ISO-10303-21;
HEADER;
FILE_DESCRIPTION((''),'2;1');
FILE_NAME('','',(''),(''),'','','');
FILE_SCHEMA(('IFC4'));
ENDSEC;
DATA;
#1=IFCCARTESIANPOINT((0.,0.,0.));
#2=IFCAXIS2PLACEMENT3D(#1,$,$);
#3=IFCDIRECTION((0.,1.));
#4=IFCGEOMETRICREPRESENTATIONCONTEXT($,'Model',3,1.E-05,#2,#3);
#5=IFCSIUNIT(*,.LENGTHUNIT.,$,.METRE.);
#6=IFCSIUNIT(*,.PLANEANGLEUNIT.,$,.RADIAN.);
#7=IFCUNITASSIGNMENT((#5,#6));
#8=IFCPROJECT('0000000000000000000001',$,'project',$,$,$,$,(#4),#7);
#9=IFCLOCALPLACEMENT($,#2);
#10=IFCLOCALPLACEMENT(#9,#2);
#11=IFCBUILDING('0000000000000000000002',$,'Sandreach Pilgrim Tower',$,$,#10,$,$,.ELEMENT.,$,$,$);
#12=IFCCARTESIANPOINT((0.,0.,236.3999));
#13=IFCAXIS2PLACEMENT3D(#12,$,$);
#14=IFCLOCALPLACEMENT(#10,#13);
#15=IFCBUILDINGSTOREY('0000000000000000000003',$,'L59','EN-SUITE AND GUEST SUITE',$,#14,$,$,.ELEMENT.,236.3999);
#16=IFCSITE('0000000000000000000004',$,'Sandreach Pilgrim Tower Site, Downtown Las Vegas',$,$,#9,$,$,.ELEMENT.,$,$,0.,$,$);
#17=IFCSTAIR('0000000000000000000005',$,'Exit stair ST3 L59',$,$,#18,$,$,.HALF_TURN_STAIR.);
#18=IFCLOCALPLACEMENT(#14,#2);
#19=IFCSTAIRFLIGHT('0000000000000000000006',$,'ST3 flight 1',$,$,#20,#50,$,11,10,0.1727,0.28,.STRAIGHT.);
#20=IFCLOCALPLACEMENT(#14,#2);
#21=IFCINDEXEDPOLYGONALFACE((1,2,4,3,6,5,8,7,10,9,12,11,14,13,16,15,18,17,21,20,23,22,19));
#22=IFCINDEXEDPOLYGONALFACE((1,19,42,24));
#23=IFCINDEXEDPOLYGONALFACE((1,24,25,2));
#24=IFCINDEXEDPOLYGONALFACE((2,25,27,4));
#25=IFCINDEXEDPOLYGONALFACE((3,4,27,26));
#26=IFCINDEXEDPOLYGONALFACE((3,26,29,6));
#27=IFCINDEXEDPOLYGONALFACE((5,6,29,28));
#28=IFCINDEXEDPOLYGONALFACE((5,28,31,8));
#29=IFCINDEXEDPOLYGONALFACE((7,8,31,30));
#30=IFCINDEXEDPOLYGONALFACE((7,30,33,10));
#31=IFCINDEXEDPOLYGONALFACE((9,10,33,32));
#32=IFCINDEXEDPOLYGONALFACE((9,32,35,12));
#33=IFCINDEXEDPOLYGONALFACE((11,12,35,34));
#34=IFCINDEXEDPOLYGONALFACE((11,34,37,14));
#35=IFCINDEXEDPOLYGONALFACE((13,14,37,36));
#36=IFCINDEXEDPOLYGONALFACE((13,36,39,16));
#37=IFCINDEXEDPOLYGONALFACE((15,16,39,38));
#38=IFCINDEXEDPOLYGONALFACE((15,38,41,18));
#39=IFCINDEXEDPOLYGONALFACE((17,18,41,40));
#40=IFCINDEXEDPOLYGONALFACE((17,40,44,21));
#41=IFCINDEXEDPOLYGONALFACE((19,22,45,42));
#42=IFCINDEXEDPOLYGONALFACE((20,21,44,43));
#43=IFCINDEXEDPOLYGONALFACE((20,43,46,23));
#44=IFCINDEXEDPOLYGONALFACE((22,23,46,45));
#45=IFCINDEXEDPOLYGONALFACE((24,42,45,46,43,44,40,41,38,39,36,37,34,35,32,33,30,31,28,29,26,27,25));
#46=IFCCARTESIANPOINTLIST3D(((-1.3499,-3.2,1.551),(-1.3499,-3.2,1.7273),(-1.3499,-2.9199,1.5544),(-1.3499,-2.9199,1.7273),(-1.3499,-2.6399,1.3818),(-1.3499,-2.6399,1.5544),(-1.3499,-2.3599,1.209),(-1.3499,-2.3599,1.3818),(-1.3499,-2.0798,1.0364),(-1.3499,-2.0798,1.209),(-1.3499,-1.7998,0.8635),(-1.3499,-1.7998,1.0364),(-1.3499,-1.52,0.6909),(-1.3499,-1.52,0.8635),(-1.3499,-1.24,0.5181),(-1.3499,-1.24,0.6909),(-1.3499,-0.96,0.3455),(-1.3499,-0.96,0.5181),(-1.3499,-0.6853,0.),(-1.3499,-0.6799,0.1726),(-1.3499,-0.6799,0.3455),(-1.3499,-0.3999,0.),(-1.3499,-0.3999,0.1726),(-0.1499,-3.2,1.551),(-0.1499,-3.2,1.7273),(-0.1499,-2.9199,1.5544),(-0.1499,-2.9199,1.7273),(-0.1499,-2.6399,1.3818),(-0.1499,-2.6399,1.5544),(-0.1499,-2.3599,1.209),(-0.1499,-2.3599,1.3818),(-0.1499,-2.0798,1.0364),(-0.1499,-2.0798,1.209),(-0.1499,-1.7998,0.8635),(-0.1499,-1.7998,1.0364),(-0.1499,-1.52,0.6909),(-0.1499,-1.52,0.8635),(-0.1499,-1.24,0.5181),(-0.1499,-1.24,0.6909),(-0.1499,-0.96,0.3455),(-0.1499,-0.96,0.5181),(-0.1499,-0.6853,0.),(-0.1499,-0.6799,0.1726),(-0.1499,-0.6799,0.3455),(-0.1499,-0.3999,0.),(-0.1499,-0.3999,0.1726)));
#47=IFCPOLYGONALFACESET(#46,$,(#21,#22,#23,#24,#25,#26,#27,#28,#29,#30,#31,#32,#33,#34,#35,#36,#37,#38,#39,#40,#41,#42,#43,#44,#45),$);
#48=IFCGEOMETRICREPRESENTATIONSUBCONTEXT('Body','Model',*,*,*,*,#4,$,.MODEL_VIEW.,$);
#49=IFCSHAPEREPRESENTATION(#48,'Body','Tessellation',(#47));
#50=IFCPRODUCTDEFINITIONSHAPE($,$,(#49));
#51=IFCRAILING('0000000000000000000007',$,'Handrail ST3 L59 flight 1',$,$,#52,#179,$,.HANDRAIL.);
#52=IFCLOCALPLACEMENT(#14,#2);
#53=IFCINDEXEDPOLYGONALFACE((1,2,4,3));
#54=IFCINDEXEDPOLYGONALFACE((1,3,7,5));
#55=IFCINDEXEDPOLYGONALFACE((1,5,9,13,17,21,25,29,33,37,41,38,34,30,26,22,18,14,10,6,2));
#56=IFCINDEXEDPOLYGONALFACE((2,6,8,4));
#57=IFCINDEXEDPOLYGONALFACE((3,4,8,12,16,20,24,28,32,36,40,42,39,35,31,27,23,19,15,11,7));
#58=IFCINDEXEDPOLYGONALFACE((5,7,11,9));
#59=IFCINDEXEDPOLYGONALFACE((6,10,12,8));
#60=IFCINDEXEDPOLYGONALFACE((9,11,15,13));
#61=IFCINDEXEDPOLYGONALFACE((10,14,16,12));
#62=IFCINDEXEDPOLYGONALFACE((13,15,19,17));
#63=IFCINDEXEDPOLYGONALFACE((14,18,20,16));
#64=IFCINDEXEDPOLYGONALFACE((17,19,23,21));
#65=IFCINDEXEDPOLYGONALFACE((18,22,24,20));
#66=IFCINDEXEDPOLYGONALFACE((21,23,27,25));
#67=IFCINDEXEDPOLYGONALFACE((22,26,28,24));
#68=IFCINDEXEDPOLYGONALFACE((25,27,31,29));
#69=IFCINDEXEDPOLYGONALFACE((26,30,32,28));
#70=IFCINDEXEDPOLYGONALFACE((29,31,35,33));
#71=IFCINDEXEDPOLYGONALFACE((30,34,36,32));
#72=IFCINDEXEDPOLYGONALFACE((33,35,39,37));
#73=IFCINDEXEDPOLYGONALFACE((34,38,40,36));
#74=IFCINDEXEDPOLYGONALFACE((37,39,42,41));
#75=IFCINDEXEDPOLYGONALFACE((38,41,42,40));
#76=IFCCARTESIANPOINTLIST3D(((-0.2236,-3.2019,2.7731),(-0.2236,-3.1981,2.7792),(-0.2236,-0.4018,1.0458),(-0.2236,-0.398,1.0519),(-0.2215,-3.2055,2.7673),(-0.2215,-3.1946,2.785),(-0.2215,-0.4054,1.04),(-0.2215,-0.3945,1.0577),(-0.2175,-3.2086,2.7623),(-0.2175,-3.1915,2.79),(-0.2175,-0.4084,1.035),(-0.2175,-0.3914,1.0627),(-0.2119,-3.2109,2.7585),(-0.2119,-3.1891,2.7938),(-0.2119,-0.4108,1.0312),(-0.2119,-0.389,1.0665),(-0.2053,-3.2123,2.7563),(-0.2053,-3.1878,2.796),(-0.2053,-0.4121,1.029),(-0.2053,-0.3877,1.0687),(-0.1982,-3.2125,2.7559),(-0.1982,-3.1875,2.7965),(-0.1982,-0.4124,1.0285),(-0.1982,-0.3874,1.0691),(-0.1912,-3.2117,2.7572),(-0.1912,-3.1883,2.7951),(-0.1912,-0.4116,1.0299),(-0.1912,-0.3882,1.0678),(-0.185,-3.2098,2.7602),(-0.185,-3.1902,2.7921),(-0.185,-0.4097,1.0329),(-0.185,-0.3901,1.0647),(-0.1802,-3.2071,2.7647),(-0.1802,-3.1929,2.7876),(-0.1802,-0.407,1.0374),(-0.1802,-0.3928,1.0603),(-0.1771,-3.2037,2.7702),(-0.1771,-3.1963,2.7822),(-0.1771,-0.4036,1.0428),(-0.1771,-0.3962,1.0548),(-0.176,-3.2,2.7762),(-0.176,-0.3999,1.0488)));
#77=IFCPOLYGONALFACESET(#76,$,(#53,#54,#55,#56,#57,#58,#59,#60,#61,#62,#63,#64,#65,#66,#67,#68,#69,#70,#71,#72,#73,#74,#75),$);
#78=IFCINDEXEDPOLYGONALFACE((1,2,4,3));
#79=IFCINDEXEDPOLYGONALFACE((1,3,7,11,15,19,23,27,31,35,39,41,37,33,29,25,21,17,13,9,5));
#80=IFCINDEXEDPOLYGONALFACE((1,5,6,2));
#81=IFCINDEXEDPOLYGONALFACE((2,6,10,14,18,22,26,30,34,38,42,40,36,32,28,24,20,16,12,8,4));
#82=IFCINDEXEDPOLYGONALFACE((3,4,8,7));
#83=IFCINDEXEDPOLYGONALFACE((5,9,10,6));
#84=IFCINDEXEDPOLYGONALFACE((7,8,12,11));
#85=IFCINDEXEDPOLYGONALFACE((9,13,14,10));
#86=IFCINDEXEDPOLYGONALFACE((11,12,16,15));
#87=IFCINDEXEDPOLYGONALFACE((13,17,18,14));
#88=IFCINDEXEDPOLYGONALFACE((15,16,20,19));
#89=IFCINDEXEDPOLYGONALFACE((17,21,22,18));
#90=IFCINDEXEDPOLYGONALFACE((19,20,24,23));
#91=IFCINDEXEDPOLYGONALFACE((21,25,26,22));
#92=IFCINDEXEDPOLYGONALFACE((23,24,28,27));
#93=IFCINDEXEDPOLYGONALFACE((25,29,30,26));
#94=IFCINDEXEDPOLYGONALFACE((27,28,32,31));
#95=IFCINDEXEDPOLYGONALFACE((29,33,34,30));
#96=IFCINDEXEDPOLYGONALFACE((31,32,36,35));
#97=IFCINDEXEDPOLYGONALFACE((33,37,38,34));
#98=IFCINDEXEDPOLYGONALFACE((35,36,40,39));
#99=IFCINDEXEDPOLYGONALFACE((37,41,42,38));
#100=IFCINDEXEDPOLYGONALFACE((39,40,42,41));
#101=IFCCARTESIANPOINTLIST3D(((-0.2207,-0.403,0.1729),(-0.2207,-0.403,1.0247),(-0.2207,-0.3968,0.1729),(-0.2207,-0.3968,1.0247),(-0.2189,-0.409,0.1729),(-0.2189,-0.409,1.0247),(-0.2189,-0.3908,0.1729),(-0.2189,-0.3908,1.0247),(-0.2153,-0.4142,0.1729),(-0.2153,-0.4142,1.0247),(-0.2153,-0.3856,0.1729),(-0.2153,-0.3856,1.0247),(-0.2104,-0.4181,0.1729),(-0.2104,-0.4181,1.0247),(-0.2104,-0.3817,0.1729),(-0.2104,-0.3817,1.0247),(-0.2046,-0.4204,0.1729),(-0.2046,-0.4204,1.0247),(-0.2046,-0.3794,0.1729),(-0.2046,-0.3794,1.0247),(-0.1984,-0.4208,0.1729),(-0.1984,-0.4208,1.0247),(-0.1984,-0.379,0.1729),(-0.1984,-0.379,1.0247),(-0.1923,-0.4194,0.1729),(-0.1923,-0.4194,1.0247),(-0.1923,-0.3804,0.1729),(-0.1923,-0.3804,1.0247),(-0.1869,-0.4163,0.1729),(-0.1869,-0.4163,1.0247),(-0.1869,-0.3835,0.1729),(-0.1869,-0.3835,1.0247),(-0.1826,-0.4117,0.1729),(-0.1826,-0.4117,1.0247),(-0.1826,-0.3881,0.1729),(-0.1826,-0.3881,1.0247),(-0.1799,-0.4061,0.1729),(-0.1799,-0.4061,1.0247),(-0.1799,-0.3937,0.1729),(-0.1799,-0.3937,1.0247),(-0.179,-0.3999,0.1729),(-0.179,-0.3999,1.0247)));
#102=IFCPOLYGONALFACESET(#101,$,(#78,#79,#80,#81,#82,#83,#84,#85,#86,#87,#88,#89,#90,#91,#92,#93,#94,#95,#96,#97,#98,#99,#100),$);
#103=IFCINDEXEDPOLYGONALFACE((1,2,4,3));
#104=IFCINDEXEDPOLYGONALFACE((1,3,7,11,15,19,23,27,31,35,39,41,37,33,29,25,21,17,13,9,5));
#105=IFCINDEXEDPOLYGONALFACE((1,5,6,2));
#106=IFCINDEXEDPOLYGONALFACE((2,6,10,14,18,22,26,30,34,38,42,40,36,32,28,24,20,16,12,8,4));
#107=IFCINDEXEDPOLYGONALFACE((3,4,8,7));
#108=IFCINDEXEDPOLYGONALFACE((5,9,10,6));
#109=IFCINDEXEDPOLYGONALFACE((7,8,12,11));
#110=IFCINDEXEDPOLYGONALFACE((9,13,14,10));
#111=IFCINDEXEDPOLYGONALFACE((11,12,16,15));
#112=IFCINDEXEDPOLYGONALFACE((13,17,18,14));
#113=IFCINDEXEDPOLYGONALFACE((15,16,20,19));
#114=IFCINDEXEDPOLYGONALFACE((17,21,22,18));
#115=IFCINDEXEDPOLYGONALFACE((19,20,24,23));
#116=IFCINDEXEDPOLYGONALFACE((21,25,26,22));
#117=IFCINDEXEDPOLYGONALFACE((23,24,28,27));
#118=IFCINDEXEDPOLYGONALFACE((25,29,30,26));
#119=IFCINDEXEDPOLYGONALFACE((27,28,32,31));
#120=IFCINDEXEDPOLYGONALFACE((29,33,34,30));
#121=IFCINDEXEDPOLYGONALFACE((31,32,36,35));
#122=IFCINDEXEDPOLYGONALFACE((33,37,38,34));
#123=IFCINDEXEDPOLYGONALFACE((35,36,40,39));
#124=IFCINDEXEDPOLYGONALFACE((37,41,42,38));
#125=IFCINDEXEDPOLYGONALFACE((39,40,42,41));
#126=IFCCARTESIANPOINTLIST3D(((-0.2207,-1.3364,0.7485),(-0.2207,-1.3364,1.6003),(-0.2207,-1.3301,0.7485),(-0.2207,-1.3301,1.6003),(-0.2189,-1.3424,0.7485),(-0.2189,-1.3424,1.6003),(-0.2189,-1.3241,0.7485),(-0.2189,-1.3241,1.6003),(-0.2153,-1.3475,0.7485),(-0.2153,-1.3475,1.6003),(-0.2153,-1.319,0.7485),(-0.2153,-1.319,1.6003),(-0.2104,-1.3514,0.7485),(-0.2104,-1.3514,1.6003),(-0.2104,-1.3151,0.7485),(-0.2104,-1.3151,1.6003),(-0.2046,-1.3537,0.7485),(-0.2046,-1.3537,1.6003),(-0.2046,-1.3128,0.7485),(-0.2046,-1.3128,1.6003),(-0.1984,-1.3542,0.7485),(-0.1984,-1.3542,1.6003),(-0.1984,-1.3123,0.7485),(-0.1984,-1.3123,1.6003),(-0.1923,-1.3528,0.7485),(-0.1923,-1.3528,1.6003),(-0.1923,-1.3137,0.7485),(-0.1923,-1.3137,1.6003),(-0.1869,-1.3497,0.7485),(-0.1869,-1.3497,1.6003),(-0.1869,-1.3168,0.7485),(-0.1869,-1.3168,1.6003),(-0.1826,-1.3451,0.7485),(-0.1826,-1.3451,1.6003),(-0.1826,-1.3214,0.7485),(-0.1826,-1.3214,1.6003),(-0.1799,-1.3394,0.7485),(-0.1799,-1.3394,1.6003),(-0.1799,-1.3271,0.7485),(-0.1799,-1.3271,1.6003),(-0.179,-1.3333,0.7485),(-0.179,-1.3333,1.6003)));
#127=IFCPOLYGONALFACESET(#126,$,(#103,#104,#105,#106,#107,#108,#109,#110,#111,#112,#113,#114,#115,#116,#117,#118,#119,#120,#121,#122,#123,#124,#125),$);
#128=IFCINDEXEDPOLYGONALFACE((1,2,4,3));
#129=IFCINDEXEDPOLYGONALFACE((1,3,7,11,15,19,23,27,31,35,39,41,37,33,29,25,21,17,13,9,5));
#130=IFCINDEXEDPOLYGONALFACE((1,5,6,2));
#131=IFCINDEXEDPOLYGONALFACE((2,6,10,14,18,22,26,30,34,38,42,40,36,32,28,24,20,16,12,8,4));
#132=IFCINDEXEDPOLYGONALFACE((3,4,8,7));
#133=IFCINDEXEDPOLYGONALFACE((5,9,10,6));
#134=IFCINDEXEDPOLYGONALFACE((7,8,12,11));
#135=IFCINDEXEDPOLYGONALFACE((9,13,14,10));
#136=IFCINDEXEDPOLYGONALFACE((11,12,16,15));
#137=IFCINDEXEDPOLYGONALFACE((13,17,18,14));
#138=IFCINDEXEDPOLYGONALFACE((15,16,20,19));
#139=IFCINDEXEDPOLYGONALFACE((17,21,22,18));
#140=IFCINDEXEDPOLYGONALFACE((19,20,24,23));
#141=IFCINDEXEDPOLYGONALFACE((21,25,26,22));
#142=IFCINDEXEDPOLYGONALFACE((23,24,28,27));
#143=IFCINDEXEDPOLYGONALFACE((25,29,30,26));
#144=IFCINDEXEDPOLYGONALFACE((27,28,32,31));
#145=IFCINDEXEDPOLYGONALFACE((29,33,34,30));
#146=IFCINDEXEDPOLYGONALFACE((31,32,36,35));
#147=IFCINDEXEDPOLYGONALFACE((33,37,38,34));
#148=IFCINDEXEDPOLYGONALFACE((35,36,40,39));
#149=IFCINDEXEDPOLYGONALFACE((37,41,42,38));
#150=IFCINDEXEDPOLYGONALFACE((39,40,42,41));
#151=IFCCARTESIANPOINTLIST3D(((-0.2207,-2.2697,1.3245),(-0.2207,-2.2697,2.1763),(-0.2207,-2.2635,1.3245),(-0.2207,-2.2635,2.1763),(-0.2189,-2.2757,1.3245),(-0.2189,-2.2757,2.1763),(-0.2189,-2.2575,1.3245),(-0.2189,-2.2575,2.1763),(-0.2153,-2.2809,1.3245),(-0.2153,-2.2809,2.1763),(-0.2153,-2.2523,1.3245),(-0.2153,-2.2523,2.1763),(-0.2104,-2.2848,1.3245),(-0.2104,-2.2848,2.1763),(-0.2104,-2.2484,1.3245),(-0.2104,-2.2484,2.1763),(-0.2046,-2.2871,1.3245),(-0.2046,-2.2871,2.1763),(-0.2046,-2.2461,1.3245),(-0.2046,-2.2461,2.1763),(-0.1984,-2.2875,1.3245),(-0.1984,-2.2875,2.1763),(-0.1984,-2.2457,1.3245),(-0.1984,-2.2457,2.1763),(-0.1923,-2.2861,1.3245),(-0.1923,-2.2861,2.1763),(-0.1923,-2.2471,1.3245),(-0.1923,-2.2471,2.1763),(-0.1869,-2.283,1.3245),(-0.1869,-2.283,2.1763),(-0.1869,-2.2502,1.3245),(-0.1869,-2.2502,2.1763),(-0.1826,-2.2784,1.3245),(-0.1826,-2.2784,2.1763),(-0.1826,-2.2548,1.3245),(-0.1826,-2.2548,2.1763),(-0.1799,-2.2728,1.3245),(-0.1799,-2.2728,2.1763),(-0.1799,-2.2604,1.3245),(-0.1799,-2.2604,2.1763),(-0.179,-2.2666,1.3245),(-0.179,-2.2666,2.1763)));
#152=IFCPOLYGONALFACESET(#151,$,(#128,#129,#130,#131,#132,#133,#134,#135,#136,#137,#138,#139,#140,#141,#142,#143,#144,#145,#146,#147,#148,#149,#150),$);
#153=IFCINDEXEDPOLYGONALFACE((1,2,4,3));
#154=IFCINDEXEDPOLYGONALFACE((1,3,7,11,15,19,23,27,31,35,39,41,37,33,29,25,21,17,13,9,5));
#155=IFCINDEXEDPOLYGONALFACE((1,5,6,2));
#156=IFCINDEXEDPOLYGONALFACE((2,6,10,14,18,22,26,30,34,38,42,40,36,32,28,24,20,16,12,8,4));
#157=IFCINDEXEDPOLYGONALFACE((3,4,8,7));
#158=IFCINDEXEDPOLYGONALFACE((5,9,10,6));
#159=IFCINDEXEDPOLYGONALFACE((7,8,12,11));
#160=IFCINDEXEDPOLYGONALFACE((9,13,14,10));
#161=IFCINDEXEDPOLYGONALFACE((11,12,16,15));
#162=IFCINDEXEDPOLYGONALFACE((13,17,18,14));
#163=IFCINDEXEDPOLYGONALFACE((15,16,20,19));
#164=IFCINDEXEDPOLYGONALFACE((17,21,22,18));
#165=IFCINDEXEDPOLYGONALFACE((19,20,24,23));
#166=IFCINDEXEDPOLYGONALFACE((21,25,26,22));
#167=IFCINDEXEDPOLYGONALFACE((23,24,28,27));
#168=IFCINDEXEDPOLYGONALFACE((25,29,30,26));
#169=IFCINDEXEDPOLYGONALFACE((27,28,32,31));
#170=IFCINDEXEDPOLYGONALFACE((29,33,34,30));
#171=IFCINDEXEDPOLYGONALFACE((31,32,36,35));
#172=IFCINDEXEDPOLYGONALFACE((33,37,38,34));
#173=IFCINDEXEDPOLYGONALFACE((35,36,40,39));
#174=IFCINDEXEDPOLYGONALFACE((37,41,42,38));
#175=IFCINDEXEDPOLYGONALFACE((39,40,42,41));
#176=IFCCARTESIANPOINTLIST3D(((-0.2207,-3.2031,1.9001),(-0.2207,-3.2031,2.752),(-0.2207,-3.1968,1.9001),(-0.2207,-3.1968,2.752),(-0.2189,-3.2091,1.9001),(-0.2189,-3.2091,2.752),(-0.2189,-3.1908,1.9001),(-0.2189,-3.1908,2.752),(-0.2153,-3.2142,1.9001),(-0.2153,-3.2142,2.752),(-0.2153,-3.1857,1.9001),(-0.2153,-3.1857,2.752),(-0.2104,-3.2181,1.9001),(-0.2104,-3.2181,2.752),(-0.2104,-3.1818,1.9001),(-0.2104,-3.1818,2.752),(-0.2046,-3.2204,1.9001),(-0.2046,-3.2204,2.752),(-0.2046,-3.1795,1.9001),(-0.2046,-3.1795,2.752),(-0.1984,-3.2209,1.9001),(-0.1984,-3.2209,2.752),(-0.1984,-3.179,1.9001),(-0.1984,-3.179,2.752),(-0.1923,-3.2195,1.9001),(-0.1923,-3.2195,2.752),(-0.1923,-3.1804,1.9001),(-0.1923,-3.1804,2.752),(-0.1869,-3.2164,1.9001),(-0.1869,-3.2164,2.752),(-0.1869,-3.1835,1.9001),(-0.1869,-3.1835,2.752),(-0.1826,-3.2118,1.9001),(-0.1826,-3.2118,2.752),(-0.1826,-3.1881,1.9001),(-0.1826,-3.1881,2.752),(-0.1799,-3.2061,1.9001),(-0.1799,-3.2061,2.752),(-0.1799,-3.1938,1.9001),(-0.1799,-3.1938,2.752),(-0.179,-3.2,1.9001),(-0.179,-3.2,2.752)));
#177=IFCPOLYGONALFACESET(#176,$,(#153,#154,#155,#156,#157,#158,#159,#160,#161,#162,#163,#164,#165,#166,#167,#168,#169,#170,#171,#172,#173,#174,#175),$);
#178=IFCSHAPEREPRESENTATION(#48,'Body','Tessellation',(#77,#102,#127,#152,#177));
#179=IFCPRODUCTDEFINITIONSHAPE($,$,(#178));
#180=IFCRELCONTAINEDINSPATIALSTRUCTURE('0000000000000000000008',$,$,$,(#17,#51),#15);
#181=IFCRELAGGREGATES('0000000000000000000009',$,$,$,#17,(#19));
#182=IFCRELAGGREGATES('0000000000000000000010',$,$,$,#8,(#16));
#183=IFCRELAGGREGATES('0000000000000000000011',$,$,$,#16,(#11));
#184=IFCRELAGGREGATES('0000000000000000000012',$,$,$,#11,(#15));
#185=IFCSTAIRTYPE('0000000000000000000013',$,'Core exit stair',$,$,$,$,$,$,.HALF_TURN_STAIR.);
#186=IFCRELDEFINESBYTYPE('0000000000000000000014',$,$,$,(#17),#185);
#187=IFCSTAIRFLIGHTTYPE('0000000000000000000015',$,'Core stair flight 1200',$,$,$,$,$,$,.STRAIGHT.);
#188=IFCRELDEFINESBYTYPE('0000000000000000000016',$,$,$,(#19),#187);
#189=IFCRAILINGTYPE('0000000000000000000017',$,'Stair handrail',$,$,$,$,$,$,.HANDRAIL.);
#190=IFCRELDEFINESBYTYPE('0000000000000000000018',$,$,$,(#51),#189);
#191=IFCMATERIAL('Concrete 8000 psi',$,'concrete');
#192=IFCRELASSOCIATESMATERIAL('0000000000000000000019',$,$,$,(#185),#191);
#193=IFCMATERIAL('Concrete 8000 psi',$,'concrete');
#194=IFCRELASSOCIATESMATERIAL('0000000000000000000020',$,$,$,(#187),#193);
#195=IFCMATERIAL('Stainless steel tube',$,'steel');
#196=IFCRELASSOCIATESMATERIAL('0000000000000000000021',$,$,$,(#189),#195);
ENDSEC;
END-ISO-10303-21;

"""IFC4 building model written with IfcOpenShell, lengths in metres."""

from ifc_helpers import new_model, si_unit, direction, frame, origin, origin_2d, place, context, subcontext, project, spatial, polyline, circle, outline, extrude, material, type_object, element, aggregate, save


model = new_model("IFC4")

# Units and contexts
model_context = context("Model", 3, precision=1e-05, world=origin(), true_north=direction((0.0, 1.0)))
body_context = subcontext(model_context, "Body", "Model", "MODEL_VIEW")
ifc_project = project(units=[si_unit("LENGTHUNIT", "METRE"), si_unit("PLANEANGLEUNIT", "RADIAN")], contexts=[model_context])

# Site, building, storey
site_placement = place(None, origin())
site = spatial("IfcSite", under=ifc_project, at=site_placement, Name="Sandreach Pilgrim Tower Site, Downtown Las Vegas", CompositionType="ELEMENT", RefElevation=0.0)
building_placement = place(site_placement, origin())
building = spatial("IfcBuilding", under=site, at=building_placement, Name="Sandreach Pilgrim Tower", CompositionType="ELEMENT")
storey_placement = place(building_placement, frame((0.0, 0.0, 236.3999)))
storey = spatial("IfcBuildingStorey", under=building, at=storey_placement, Name="L59", Description="EN-SUITE AND GUEST SUITE", CompositionType="ELEMENT", Elevation=236.3999)

# Stair, stair flight
ifc_material_1 = material(Name="Concrete 8000 psi", Category="concrete")
stair_type = type_object("IfcStairType", Name="Core exit stair", PredefinedType="HALF_TURN_STAIR", material=ifc_material_1)
stair_placement = place(storey_placement, origin())
stair = element("IfcStair", 1, at=stair_placement, inside=storey, type_object=stair_type, Name="Exit stair ST3 L59", PredefinedType="HALF_TURN_STAIR")
ifc_material_2 = material(Name="Concrete 8000 psi", Category="concrete")
stair_flight_type = type_object("IfcStairFlightType", Name="Core stair flight 1200", PredefinedType="STRAIGHT", material=ifc_material_2)
stair_flight_placement = place(storey_placement, frame((-0.75, -0.3999, 0.0), z_axis=(0.0, 0.0, 1.0), x_axis=(0.0, -1.0, 0.0)))
stair_flight = element("IfcStairFlight", 2, at=stair_flight_placement, type_object=stair_flight_type, Name="ST3 flight 1", NumberOfRisers=11, NumberOfTreads=10, PredefinedType="STRAIGHT", RiserHeight=0.1727, TreadLength=0.28, context=body_context, shape_type="SweptSolid", body=[
    extrude(outline(polyline([(0.0, 0.0), (0.0, 0.1726), (0.28, 0.1726), (0.28, 0.3455), (0.5601, 0.3455), (0.5601, 0.5181), (0.8401, 0.5181), (0.8401, 0.6909), (1.1201, 0.6909), (1.1201, 0.8635), (1.3999, 0.8635), (1.3999, 1.0364), (1.6799, 1.0364), (1.6799, 1.209), (1.96, 1.209), (1.96, 1.3818), (2.24, 1.3818), (2.24, 1.5544), (2.52, 1.5544), (2.52, 1.7273), (2.8, 1.7273), (2.8, 1.8999), (2.8, 1.551), (0.2854, 0.0), (0.0, 0.0)])), frame((0.0, 0.6001, 0.0), z_axis=(0.0, -1.0, 0.0), x_axis=(1.0, 0.0, 0.0)), (0.0, 0.0, 1.0), 1.2),
])
aggregate(stair, [stair_flight])

# Railing
ifc_material_3 = material(Name="Stainless steel tube", Category="steel")
railing_type = type_object("IfcRailingType", Name="Stair handrail", PredefinedType="HANDRAIL", material=ifc_material_3)
for number, where, name in (
    (3, (-0.2, -0.3999, 0.1729), "Handrail ST3 L59 flight 1"),
):
    element("IfcRailing", number, at=place(storey_placement, frame(where)), inside=storey, type_object=railing_type, Name=name, PredefinedType="HANDRAIL", context=body_context, shape_type="SweptSolid", body=[
        extrude(circle(Radius=0.0239, at=origin_2d()), frame((0.0, 0.0, 0.876), z_axis=(0.0, -0.85109, 0.52502), x_axis=(1.0, 0.0, 0.0)), (0.0, 0.0, 1.0), 3.29),
        extrude(circle(Radius=0.021, at=origin_2d()), origin(), (0.0, 0.0, 1.0), 0.8518),
        extrude(circle(Radius=0.021, at=origin_2d()), frame((0.0, -0.9333, 0.5757)), (0.0, 0.0, 1.0), 0.8518),
        extrude(circle(Radius=0.021, at=origin_2d()), frame((0.0, -1.8667, 1.1516)), (0.0, 0.0, 1.0), 0.8518),
        extrude(circle(Radius=0.021, at=origin_2d()), frame((0.0, -2.8, 1.7273)), (0.0, 0.0, 1.0), 0.8518),
    ])

save(model, "model.ifc")
